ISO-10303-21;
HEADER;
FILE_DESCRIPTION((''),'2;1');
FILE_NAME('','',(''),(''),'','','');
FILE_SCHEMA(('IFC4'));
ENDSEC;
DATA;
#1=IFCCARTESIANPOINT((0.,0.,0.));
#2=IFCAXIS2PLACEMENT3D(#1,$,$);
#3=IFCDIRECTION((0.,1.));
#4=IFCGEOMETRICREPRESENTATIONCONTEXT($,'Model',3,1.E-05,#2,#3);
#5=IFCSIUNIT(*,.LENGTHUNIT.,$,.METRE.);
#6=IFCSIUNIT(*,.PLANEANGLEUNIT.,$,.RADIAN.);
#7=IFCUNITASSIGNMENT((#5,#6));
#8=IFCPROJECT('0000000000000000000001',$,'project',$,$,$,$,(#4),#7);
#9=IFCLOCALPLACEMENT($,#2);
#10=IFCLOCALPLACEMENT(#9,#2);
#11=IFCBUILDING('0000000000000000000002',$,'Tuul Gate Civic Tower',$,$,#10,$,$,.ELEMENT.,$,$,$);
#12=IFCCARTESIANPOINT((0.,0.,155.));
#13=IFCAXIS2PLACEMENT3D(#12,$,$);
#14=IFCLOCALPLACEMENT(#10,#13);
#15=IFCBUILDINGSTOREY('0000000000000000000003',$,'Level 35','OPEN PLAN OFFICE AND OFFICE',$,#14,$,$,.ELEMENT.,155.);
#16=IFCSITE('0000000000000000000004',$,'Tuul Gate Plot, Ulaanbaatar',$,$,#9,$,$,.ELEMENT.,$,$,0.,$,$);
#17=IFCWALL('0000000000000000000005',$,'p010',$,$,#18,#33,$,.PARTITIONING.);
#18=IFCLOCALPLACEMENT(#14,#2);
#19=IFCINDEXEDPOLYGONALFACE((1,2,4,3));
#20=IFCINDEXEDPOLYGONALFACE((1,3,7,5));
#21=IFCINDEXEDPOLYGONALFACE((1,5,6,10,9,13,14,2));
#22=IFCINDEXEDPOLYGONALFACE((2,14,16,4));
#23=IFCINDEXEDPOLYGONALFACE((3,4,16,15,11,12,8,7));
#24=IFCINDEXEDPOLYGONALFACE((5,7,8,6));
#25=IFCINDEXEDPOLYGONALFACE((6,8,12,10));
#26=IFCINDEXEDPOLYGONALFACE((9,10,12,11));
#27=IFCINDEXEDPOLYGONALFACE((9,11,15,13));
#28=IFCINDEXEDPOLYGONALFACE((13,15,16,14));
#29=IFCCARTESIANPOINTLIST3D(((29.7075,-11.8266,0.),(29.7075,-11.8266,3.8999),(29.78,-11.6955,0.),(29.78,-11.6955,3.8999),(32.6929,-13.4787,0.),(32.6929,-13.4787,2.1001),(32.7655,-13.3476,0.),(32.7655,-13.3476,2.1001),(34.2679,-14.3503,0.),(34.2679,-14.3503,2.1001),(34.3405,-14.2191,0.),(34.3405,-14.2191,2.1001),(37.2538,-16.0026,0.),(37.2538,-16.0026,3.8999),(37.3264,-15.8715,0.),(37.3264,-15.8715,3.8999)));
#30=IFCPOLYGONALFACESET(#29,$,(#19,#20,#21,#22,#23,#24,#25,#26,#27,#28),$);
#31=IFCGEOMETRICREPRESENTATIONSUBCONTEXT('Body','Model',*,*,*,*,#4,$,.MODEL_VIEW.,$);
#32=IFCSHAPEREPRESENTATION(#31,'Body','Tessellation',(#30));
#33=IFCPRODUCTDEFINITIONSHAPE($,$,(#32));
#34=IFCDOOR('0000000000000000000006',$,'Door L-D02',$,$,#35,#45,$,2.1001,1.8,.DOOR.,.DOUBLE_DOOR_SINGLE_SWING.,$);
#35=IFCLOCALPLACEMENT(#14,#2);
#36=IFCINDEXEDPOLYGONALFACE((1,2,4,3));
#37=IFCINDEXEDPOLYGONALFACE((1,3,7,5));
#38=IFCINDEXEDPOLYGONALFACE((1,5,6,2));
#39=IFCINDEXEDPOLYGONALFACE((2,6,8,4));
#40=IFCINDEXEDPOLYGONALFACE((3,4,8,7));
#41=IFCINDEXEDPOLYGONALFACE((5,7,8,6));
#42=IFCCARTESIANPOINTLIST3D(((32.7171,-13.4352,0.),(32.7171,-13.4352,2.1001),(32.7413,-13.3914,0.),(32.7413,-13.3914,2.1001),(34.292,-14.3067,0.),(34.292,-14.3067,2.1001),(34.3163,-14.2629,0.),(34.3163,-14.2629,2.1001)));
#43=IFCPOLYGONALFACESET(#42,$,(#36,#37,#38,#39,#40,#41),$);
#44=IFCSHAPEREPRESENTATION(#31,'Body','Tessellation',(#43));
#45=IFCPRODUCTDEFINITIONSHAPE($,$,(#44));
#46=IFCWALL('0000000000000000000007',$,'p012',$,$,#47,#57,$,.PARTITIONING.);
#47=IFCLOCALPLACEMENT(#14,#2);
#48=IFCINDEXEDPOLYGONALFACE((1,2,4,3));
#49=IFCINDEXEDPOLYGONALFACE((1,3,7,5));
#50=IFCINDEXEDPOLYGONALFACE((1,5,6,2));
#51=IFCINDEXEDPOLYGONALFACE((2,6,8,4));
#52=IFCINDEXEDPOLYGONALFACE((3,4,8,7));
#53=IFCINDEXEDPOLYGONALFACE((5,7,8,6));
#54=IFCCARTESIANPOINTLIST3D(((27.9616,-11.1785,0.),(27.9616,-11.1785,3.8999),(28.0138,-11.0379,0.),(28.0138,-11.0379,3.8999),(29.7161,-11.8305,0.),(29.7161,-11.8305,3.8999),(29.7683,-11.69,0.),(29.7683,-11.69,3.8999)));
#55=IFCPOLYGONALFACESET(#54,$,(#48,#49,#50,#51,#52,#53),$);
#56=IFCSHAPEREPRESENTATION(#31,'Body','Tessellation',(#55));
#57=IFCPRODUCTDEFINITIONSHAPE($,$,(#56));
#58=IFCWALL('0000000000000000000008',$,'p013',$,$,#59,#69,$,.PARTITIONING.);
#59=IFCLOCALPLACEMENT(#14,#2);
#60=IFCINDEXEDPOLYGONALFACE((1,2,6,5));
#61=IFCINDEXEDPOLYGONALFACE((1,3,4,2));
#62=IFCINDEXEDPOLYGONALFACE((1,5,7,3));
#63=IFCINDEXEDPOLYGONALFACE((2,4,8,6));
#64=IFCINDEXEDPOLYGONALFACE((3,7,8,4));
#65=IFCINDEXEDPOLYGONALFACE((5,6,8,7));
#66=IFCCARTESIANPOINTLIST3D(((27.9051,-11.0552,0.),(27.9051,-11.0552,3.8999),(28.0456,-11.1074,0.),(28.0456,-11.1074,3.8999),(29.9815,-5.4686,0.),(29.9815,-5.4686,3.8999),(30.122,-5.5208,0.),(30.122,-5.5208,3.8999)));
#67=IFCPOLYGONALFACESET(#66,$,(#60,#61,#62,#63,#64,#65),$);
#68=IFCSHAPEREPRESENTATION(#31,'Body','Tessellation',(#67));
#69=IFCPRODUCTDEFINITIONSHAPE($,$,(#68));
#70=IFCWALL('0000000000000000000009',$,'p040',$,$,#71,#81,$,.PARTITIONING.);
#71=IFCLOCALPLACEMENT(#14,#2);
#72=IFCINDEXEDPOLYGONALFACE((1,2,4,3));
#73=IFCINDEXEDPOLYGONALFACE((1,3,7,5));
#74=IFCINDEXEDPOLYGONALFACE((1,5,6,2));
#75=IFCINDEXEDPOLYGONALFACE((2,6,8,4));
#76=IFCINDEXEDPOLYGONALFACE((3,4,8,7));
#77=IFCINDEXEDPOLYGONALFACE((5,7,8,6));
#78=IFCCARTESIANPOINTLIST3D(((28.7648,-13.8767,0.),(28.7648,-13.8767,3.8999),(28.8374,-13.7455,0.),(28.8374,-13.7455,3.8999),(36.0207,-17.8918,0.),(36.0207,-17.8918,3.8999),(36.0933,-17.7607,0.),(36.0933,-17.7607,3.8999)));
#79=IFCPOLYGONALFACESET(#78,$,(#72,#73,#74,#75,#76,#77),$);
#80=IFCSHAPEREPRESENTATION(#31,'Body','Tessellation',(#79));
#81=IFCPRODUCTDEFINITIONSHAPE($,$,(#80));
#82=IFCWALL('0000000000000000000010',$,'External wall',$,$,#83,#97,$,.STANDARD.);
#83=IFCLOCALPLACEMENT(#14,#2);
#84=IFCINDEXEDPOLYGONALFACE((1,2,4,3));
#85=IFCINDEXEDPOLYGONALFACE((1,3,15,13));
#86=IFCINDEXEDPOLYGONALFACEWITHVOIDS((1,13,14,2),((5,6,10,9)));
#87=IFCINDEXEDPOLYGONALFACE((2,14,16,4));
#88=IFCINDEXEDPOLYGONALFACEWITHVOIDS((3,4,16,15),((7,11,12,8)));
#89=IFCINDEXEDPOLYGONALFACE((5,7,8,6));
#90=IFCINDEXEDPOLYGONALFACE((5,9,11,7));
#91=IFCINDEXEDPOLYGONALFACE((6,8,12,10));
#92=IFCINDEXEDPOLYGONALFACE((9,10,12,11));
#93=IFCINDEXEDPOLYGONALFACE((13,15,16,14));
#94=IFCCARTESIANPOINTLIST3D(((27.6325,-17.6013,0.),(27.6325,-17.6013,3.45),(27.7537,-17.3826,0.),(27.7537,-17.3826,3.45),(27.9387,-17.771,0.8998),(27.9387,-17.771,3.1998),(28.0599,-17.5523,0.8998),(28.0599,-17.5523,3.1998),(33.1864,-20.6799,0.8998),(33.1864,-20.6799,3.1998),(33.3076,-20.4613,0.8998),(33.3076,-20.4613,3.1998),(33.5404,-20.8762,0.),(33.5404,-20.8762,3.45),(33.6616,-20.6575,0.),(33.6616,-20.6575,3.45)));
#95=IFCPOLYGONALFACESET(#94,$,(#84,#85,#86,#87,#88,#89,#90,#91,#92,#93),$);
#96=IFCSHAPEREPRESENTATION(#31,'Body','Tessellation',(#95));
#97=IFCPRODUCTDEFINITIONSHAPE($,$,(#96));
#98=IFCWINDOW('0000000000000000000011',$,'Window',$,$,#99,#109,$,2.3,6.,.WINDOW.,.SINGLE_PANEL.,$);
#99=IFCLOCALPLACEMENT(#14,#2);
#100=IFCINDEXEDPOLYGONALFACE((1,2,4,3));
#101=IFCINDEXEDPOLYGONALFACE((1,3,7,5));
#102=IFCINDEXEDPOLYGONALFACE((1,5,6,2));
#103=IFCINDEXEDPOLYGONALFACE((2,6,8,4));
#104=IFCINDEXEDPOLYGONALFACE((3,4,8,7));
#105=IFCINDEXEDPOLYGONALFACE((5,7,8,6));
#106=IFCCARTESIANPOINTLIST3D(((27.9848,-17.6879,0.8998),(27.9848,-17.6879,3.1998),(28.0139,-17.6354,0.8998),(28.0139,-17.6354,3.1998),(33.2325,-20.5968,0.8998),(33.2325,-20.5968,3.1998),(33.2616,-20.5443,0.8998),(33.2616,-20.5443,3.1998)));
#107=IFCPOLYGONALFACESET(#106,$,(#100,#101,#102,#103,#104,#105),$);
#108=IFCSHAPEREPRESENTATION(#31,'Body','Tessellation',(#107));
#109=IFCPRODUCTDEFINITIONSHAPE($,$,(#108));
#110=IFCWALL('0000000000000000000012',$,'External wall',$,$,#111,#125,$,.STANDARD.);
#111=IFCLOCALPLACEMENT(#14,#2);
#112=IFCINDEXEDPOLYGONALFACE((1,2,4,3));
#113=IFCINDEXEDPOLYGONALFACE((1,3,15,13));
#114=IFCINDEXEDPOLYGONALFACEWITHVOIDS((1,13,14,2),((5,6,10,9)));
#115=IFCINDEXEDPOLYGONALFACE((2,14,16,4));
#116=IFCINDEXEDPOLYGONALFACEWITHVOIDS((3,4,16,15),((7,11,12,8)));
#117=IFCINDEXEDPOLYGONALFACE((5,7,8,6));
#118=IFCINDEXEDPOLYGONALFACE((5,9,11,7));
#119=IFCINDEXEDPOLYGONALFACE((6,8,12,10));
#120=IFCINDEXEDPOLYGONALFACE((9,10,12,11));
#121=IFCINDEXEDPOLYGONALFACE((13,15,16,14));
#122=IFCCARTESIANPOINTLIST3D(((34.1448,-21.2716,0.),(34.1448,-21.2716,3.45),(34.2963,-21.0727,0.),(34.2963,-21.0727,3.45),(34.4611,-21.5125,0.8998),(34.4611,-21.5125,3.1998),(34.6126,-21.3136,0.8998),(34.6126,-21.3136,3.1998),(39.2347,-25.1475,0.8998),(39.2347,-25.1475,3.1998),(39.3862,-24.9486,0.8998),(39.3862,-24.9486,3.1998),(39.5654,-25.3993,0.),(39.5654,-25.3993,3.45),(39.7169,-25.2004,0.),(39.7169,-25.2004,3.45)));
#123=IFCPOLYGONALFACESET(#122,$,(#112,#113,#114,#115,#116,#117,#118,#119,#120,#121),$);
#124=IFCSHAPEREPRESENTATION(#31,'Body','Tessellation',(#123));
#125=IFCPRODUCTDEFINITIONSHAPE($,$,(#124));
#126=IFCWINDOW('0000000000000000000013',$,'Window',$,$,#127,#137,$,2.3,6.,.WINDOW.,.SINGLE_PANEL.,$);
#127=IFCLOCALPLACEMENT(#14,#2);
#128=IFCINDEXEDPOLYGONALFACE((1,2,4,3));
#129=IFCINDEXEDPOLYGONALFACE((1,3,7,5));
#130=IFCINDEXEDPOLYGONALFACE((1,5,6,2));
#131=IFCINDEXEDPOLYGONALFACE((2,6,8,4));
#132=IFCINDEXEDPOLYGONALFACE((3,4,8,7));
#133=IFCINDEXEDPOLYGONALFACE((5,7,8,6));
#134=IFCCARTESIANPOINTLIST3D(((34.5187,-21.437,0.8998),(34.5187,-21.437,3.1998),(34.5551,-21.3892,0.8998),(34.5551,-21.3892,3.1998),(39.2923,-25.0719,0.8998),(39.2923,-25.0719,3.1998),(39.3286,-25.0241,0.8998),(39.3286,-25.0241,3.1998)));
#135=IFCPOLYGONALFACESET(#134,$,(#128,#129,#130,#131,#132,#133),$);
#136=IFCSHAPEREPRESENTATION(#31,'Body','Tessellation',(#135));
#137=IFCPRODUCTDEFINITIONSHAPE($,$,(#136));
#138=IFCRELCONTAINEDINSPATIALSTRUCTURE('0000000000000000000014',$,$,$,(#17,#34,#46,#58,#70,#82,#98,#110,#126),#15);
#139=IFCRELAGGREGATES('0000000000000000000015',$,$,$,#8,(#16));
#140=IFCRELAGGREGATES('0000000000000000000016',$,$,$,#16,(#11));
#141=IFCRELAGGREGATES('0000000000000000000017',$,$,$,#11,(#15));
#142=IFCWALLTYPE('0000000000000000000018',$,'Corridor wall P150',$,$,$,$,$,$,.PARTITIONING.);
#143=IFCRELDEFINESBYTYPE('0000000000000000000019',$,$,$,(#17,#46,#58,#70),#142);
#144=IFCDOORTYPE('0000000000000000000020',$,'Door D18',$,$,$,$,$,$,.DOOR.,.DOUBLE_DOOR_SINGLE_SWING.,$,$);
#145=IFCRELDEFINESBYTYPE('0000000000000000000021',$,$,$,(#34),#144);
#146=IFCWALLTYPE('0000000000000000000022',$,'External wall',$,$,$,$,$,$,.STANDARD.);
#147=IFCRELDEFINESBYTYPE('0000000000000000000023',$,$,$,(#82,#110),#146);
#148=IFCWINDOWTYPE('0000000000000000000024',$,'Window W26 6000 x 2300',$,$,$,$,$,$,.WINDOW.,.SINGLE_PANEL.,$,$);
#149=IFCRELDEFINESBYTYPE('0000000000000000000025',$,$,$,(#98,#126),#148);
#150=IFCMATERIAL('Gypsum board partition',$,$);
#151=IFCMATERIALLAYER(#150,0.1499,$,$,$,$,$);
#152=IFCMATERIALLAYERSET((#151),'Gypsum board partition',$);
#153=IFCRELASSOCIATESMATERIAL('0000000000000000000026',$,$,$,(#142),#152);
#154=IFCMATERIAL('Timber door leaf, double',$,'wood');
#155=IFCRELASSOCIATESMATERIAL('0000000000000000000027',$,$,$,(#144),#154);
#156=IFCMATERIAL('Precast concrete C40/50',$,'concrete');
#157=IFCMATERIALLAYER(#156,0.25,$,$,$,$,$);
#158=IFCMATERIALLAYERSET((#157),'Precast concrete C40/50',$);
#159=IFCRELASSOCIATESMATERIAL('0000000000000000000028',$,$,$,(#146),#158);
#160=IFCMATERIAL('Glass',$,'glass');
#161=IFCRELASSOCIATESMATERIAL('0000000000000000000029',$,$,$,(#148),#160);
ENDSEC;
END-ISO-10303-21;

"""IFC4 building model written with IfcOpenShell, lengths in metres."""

from ifc_helpers import new_model, si_unit, direction, frame, frame_2d, origin, place, context, subcontext, project, spatial, rectangle, extrude, material, layer, layer_set, type_object, element, fill, save


model = new_model("IFC4")

# Units and contexts
model_context = context("Model", 3, precision=1e-05, world=origin(), true_north=direction((0.0, 1.0)))
body_context = subcontext(model_context, "Body", "Model", "MODEL_VIEW")
ifc_project = project(units=[si_unit("LENGTHUNIT", "METRE"), si_unit("PLANEANGLEUNIT", "RADIAN")], contexts=[model_context])

# Site, building, storey
site_placement = place(None, origin())
site = spatial("IfcSite", under=ifc_project, at=site_placement, Name="Tuul Gate Plot, Ulaanbaatar", CompositionType="ELEMENT", RefElevation=0.0)
building_placement = place(site_placement, origin())
building = spatial("IfcBuilding", under=site, at=building_placement, Name="Tuul Gate Civic Tower", CompositionType="ELEMENT")
storey_placement = place(building_placement, frame((0.0, 0.0, 155.0)))
storey = spatial("IfcBuildingStorey", under=building, at=storey_placement, Name="Level 35", Description="OPEN PLAN OFFICE AND OFFICE", CompositionType="ELEMENT", Elevation=155.0)

# Wall, opening, door
ifc_material_1 = material(Name="Gypsum board partition")
ifc_layer_1 = layer(ifc_material_1, 0.1499)
ifc_layer_set_1 = layer_set([ifc_layer_1], Name="Gypsum board partition")
wall_type_1 = type_object("IfcWallType", Name="Corridor wall P150", PredefinedType="PARTITIONING", material=ifc_layer_set_1)
wall_1_placement = place(storey_placement, frame((29.7437, -11.761, 0.0), z_axis=(0.0, 0.0, 1.0), x_axis=(0.874964, -0.484188, 0.0)))
wall_1 = element("IfcWall", 1, at=wall_1_placement, inside=storey, type_object=wall_type_1, Name="p010", PredefinedType="PARTITIONING", context=body_context, shape_type="SweptSolid", body=[
    extrude(rectangle(XDim=8.6248, YDim=0.1499, at=frame_2d((4.3125, 0.0))), origin(), (0.0, 0.0, 1.0), 3.8999),
])
opening_1_placement = place(wall_1_placement, frame((3.4124, 0.0, 0.0)))
opening_1 = element("IfcOpeningElement", 2, at=opening_1_placement, cuts=wall_1, PredefinedType="OPENING", context=body_context, shape_type="SweptSolid", body=[
    extrude(rectangle(XDim=1.8, YDim=2.1001, at=frame_2d((0.8999, 1.05))), frame((0.0, 0.085, 0.0), z_axis=(0.0, -1.0, 0.0), x_axis=(1.0, 0.0, 0.0)), (0.0, 0.0, 1.0), 0.1699),
])
ifc_material_2 = material(Name="Timber door leaf, double", Category="wood")
door_type_1 = type_object("IfcDoorType", Name="Door D18", OperationType="DOUBLE_DOOR_SINGLE_SWING", PredefinedType="DOOR", material=ifc_material_2)
door_1_placement = place(opening_1_placement, origin())
door_1 = element("IfcDoor", 3, at=door_1_placement, inside=storey, type_object=door_type_1, Name="Door L-D02", OperationType="DOUBLE_DOOR_SINGLE_SWING", OverallHeight=2.1001, OverallWidth=1.8, PredefinedType="DOOR", context=body_context, shape_type="SweptSolid", body=[
    extrude(rectangle(XDim=1.8, YDim=2.1001, at=frame_2d((0.8999, 1.05))), frame((0.0, 0.0249, 0.0), z_axis=(0.0, -1.0, 0.0), x_axis=(1.0, 0.0, 0.0)), (0.0, 0.0, 1.0), 0.05),
])
fill(opening_1, door_1)

# Walls
wall_2_placement = place(storey_placement, frame((27.9875, -11.1082, 0.0), z_axis=(0.0, 0.0, 1.0), x_axis=(0.93736, -0.348363, 0.0)))
element("IfcWall", 4, at=wall_2_placement, inside=storey, type_object=wall_type_1, Name="p012", PredefinedType="PARTITIONING", context=body_context, shape_type="SweptSolid", body=[
    extrude(rectangle(XDim=1.8718, YDim=0.1499, at=frame_2d((0.936, 0.0))), origin(), (0.0, 0.0, 1.0), 3.8999),
])
wall_3_placement = place(storey_placement, frame((27.9753, -11.0813, 0.0), z_axis=(0.0, 0.0, 1.0), x_axis=(0.348388, 0.93735, 0.0)))
element("IfcWall", 5, at=wall_3_placement, inside=storey, type_object=wall_type_1, Name="p013", PredefinedType="PARTITIONING", context=body_context, shape_type="SweptSolid", body=[
    extrude(rectangle(XDim=5.96, YDim=0.1499, at=frame_2d((2.98, 0.0))), origin(), (0.0, 0.0, 1.0), 3.8999),
])
wall_4_placement = place(storey_placement, frame((28.801, -13.811, 0.0), z_axis=(0.0, 0.0, 1.0), x_axis=(0.87497, -0.484177, 0.0)))
element("IfcWall", 6, at=wall_4_placement, inside=storey, type_object=wall_type_1, Name="p040", PredefinedType="PARTITIONING", context=body_context, shape_type="SweptSolid", body=[
    extrude(rectangle(XDim=8.2927, YDim=0.1499, at=frame_2d((4.1465, 0.0))), origin(), (0.0, 0.0, 1.0), 3.8999),
])

# Walls, openings, windows
ifc_material_3 = material(Name="Precast concrete C40/50", Category="concrete")
ifc_layer_2 = layer(ifc_material_3, 0.25)
ifc_layer_set_2 = layer_set([ifc_layer_2], Name="Precast concrete C40/50")
wall_type_2 = type_object("IfcWallType", Name="External wall", PredefinedType="STANDARD", material=ifc_layer_set_2)
wall_5_placement = place(storey_placement, frame((27.6931, -17.4919, 0.0), z_axis=(0.0, 0.0, 1.0), x_axis=(0.874615, -0.484817, 0.0)))
wall_5 = element("IfcWall", 7, at=wall_5_placement, inside=storey, type_object=wall_type_2, Name="External wall", PredefinedType="STANDARD", context=body_context, shape_type="SweptSolid", body=[
    extrude(rectangle(XDim=6.7549, YDim=0.25, at=frame_2d((3.3774, 0.0))), origin(), (0.0, 0.0, 1.0), 3.45),
])
opening_2_placement = place(wall_5_placement, frame((0.3501, 0.0, 0.8999)))
opening_2 = element("IfcOpeningElement", 8, at=opening_2_placement, cuts=wall_5, PredefinedType="OPENING", context=body_context, shape_type="SweptSolid", body=[
    extrude(rectangle(XDim=6.0, YDim=2.3, at=frame_2d((3.0, 1.1499))), frame((0.0, 0.135, 0.0), z_axis=(0.0, -1.0, 0.0), x_axis=(1.0, 0.0, 0.0)), (0.0, 0.0, 1.0), 0.27),
])
ifc_material_4 = material(Name="Glass", Category="glass")
window_type = type_object("IfcWindowType", Name="Window W26 6000 x 2300", PartitioningType="SINGLE_PANEL", PredefinedType="WINDOW", material=ifc_material_4)
window_1_placement = place(opening_2_placement, origin())
window_1 = element("IfcWindow", 9, at=window_1_placement, inside=storey, type_object=window_type, Name="Window", OverallHeight=2.3, OverallWidth=6.0, PartitioningType="SINGLE_PANEL", PredefinedType="WINDOW", context=body_context, shape_type="SweptSolid", body=[
    extrude(rectangle(XDim=6.0, YDim=2.3, at=frame_2d((3.0, 1.1499))), frame((0.0, 0.03, 0.0), z_axis=(0.0, -1.0, 0.0), x_axis=(1.0, 0.0, 0.0)), (0.0, 0.0, 1.0), 0.0601),
])
fill(opening_2, window_1)
wall_6_placement = place(storey_placement, frame((34.2205, -21.1721, 0.0), z_axis=(0.0, 0.0, 1.0), x_axis=(0.795597, -0.605826, 0.0)))
wall_6 = element("IfcWall", 10, at=wall_6_placement, inside=storey, type_object=wall_type_2, Name="External wall", PredefinedType="STANDARD", context=body_context, shape_type="SweptSolid", body=[
    extrude(rectangle(XDim=6.8132, YDim=0.25, at=frame_2d((3.4067, 0.0))), origin(), (0.0, 0.0, 1.0), 3.45),
])
opening_3_placement = place(wall_6_placement, frame((0.3977, 0.0, 0.8999)))
opening_3 = element("IfcOpeningElement", 11, at=opening_3_placement, cuts=wall_6, PredefinedType="OPENING", context=body_context, shape_type="SweptSolid", body=[
    extrude(rectangle(XDim=6.0, YDim=2.3, at=frame_2d((3.0, 1.1499))), frame((0.0, 0.135, 0.0), z_axis=(0.0, -1.0, 0.0), x_axis=(1.0, 0.0, 0.0)), (0.0, 0.0, 1.0), 0.27),
])
window_2_placement = place(opening_3_placement, origin())
window_2 = element("IfcWindow", 12, at=window_2_placement, inside=storey, type_object=window_type, Name="Window", OverallHeight=2.3, OverallWidth=6.0, PartitioningType="SINGLE_PANEL", PredefinedType="WINDOW", context=body_context, shape_type="SweptSolid", body=[
    extrude(rectangle(XDim=6.0, YDim=2.3, at=frame_2d((3.0, 1.1499))), frame((0.0, 0.03, 0.0), z_axis=(0.0, -1.0, 0.0), x_axis=(1.0, 0.0, 0.0)), (0.0, 0.0, 1.0), 0.0601),
])
fill(opening_3, window_2)

save(model, "model.ifc")
